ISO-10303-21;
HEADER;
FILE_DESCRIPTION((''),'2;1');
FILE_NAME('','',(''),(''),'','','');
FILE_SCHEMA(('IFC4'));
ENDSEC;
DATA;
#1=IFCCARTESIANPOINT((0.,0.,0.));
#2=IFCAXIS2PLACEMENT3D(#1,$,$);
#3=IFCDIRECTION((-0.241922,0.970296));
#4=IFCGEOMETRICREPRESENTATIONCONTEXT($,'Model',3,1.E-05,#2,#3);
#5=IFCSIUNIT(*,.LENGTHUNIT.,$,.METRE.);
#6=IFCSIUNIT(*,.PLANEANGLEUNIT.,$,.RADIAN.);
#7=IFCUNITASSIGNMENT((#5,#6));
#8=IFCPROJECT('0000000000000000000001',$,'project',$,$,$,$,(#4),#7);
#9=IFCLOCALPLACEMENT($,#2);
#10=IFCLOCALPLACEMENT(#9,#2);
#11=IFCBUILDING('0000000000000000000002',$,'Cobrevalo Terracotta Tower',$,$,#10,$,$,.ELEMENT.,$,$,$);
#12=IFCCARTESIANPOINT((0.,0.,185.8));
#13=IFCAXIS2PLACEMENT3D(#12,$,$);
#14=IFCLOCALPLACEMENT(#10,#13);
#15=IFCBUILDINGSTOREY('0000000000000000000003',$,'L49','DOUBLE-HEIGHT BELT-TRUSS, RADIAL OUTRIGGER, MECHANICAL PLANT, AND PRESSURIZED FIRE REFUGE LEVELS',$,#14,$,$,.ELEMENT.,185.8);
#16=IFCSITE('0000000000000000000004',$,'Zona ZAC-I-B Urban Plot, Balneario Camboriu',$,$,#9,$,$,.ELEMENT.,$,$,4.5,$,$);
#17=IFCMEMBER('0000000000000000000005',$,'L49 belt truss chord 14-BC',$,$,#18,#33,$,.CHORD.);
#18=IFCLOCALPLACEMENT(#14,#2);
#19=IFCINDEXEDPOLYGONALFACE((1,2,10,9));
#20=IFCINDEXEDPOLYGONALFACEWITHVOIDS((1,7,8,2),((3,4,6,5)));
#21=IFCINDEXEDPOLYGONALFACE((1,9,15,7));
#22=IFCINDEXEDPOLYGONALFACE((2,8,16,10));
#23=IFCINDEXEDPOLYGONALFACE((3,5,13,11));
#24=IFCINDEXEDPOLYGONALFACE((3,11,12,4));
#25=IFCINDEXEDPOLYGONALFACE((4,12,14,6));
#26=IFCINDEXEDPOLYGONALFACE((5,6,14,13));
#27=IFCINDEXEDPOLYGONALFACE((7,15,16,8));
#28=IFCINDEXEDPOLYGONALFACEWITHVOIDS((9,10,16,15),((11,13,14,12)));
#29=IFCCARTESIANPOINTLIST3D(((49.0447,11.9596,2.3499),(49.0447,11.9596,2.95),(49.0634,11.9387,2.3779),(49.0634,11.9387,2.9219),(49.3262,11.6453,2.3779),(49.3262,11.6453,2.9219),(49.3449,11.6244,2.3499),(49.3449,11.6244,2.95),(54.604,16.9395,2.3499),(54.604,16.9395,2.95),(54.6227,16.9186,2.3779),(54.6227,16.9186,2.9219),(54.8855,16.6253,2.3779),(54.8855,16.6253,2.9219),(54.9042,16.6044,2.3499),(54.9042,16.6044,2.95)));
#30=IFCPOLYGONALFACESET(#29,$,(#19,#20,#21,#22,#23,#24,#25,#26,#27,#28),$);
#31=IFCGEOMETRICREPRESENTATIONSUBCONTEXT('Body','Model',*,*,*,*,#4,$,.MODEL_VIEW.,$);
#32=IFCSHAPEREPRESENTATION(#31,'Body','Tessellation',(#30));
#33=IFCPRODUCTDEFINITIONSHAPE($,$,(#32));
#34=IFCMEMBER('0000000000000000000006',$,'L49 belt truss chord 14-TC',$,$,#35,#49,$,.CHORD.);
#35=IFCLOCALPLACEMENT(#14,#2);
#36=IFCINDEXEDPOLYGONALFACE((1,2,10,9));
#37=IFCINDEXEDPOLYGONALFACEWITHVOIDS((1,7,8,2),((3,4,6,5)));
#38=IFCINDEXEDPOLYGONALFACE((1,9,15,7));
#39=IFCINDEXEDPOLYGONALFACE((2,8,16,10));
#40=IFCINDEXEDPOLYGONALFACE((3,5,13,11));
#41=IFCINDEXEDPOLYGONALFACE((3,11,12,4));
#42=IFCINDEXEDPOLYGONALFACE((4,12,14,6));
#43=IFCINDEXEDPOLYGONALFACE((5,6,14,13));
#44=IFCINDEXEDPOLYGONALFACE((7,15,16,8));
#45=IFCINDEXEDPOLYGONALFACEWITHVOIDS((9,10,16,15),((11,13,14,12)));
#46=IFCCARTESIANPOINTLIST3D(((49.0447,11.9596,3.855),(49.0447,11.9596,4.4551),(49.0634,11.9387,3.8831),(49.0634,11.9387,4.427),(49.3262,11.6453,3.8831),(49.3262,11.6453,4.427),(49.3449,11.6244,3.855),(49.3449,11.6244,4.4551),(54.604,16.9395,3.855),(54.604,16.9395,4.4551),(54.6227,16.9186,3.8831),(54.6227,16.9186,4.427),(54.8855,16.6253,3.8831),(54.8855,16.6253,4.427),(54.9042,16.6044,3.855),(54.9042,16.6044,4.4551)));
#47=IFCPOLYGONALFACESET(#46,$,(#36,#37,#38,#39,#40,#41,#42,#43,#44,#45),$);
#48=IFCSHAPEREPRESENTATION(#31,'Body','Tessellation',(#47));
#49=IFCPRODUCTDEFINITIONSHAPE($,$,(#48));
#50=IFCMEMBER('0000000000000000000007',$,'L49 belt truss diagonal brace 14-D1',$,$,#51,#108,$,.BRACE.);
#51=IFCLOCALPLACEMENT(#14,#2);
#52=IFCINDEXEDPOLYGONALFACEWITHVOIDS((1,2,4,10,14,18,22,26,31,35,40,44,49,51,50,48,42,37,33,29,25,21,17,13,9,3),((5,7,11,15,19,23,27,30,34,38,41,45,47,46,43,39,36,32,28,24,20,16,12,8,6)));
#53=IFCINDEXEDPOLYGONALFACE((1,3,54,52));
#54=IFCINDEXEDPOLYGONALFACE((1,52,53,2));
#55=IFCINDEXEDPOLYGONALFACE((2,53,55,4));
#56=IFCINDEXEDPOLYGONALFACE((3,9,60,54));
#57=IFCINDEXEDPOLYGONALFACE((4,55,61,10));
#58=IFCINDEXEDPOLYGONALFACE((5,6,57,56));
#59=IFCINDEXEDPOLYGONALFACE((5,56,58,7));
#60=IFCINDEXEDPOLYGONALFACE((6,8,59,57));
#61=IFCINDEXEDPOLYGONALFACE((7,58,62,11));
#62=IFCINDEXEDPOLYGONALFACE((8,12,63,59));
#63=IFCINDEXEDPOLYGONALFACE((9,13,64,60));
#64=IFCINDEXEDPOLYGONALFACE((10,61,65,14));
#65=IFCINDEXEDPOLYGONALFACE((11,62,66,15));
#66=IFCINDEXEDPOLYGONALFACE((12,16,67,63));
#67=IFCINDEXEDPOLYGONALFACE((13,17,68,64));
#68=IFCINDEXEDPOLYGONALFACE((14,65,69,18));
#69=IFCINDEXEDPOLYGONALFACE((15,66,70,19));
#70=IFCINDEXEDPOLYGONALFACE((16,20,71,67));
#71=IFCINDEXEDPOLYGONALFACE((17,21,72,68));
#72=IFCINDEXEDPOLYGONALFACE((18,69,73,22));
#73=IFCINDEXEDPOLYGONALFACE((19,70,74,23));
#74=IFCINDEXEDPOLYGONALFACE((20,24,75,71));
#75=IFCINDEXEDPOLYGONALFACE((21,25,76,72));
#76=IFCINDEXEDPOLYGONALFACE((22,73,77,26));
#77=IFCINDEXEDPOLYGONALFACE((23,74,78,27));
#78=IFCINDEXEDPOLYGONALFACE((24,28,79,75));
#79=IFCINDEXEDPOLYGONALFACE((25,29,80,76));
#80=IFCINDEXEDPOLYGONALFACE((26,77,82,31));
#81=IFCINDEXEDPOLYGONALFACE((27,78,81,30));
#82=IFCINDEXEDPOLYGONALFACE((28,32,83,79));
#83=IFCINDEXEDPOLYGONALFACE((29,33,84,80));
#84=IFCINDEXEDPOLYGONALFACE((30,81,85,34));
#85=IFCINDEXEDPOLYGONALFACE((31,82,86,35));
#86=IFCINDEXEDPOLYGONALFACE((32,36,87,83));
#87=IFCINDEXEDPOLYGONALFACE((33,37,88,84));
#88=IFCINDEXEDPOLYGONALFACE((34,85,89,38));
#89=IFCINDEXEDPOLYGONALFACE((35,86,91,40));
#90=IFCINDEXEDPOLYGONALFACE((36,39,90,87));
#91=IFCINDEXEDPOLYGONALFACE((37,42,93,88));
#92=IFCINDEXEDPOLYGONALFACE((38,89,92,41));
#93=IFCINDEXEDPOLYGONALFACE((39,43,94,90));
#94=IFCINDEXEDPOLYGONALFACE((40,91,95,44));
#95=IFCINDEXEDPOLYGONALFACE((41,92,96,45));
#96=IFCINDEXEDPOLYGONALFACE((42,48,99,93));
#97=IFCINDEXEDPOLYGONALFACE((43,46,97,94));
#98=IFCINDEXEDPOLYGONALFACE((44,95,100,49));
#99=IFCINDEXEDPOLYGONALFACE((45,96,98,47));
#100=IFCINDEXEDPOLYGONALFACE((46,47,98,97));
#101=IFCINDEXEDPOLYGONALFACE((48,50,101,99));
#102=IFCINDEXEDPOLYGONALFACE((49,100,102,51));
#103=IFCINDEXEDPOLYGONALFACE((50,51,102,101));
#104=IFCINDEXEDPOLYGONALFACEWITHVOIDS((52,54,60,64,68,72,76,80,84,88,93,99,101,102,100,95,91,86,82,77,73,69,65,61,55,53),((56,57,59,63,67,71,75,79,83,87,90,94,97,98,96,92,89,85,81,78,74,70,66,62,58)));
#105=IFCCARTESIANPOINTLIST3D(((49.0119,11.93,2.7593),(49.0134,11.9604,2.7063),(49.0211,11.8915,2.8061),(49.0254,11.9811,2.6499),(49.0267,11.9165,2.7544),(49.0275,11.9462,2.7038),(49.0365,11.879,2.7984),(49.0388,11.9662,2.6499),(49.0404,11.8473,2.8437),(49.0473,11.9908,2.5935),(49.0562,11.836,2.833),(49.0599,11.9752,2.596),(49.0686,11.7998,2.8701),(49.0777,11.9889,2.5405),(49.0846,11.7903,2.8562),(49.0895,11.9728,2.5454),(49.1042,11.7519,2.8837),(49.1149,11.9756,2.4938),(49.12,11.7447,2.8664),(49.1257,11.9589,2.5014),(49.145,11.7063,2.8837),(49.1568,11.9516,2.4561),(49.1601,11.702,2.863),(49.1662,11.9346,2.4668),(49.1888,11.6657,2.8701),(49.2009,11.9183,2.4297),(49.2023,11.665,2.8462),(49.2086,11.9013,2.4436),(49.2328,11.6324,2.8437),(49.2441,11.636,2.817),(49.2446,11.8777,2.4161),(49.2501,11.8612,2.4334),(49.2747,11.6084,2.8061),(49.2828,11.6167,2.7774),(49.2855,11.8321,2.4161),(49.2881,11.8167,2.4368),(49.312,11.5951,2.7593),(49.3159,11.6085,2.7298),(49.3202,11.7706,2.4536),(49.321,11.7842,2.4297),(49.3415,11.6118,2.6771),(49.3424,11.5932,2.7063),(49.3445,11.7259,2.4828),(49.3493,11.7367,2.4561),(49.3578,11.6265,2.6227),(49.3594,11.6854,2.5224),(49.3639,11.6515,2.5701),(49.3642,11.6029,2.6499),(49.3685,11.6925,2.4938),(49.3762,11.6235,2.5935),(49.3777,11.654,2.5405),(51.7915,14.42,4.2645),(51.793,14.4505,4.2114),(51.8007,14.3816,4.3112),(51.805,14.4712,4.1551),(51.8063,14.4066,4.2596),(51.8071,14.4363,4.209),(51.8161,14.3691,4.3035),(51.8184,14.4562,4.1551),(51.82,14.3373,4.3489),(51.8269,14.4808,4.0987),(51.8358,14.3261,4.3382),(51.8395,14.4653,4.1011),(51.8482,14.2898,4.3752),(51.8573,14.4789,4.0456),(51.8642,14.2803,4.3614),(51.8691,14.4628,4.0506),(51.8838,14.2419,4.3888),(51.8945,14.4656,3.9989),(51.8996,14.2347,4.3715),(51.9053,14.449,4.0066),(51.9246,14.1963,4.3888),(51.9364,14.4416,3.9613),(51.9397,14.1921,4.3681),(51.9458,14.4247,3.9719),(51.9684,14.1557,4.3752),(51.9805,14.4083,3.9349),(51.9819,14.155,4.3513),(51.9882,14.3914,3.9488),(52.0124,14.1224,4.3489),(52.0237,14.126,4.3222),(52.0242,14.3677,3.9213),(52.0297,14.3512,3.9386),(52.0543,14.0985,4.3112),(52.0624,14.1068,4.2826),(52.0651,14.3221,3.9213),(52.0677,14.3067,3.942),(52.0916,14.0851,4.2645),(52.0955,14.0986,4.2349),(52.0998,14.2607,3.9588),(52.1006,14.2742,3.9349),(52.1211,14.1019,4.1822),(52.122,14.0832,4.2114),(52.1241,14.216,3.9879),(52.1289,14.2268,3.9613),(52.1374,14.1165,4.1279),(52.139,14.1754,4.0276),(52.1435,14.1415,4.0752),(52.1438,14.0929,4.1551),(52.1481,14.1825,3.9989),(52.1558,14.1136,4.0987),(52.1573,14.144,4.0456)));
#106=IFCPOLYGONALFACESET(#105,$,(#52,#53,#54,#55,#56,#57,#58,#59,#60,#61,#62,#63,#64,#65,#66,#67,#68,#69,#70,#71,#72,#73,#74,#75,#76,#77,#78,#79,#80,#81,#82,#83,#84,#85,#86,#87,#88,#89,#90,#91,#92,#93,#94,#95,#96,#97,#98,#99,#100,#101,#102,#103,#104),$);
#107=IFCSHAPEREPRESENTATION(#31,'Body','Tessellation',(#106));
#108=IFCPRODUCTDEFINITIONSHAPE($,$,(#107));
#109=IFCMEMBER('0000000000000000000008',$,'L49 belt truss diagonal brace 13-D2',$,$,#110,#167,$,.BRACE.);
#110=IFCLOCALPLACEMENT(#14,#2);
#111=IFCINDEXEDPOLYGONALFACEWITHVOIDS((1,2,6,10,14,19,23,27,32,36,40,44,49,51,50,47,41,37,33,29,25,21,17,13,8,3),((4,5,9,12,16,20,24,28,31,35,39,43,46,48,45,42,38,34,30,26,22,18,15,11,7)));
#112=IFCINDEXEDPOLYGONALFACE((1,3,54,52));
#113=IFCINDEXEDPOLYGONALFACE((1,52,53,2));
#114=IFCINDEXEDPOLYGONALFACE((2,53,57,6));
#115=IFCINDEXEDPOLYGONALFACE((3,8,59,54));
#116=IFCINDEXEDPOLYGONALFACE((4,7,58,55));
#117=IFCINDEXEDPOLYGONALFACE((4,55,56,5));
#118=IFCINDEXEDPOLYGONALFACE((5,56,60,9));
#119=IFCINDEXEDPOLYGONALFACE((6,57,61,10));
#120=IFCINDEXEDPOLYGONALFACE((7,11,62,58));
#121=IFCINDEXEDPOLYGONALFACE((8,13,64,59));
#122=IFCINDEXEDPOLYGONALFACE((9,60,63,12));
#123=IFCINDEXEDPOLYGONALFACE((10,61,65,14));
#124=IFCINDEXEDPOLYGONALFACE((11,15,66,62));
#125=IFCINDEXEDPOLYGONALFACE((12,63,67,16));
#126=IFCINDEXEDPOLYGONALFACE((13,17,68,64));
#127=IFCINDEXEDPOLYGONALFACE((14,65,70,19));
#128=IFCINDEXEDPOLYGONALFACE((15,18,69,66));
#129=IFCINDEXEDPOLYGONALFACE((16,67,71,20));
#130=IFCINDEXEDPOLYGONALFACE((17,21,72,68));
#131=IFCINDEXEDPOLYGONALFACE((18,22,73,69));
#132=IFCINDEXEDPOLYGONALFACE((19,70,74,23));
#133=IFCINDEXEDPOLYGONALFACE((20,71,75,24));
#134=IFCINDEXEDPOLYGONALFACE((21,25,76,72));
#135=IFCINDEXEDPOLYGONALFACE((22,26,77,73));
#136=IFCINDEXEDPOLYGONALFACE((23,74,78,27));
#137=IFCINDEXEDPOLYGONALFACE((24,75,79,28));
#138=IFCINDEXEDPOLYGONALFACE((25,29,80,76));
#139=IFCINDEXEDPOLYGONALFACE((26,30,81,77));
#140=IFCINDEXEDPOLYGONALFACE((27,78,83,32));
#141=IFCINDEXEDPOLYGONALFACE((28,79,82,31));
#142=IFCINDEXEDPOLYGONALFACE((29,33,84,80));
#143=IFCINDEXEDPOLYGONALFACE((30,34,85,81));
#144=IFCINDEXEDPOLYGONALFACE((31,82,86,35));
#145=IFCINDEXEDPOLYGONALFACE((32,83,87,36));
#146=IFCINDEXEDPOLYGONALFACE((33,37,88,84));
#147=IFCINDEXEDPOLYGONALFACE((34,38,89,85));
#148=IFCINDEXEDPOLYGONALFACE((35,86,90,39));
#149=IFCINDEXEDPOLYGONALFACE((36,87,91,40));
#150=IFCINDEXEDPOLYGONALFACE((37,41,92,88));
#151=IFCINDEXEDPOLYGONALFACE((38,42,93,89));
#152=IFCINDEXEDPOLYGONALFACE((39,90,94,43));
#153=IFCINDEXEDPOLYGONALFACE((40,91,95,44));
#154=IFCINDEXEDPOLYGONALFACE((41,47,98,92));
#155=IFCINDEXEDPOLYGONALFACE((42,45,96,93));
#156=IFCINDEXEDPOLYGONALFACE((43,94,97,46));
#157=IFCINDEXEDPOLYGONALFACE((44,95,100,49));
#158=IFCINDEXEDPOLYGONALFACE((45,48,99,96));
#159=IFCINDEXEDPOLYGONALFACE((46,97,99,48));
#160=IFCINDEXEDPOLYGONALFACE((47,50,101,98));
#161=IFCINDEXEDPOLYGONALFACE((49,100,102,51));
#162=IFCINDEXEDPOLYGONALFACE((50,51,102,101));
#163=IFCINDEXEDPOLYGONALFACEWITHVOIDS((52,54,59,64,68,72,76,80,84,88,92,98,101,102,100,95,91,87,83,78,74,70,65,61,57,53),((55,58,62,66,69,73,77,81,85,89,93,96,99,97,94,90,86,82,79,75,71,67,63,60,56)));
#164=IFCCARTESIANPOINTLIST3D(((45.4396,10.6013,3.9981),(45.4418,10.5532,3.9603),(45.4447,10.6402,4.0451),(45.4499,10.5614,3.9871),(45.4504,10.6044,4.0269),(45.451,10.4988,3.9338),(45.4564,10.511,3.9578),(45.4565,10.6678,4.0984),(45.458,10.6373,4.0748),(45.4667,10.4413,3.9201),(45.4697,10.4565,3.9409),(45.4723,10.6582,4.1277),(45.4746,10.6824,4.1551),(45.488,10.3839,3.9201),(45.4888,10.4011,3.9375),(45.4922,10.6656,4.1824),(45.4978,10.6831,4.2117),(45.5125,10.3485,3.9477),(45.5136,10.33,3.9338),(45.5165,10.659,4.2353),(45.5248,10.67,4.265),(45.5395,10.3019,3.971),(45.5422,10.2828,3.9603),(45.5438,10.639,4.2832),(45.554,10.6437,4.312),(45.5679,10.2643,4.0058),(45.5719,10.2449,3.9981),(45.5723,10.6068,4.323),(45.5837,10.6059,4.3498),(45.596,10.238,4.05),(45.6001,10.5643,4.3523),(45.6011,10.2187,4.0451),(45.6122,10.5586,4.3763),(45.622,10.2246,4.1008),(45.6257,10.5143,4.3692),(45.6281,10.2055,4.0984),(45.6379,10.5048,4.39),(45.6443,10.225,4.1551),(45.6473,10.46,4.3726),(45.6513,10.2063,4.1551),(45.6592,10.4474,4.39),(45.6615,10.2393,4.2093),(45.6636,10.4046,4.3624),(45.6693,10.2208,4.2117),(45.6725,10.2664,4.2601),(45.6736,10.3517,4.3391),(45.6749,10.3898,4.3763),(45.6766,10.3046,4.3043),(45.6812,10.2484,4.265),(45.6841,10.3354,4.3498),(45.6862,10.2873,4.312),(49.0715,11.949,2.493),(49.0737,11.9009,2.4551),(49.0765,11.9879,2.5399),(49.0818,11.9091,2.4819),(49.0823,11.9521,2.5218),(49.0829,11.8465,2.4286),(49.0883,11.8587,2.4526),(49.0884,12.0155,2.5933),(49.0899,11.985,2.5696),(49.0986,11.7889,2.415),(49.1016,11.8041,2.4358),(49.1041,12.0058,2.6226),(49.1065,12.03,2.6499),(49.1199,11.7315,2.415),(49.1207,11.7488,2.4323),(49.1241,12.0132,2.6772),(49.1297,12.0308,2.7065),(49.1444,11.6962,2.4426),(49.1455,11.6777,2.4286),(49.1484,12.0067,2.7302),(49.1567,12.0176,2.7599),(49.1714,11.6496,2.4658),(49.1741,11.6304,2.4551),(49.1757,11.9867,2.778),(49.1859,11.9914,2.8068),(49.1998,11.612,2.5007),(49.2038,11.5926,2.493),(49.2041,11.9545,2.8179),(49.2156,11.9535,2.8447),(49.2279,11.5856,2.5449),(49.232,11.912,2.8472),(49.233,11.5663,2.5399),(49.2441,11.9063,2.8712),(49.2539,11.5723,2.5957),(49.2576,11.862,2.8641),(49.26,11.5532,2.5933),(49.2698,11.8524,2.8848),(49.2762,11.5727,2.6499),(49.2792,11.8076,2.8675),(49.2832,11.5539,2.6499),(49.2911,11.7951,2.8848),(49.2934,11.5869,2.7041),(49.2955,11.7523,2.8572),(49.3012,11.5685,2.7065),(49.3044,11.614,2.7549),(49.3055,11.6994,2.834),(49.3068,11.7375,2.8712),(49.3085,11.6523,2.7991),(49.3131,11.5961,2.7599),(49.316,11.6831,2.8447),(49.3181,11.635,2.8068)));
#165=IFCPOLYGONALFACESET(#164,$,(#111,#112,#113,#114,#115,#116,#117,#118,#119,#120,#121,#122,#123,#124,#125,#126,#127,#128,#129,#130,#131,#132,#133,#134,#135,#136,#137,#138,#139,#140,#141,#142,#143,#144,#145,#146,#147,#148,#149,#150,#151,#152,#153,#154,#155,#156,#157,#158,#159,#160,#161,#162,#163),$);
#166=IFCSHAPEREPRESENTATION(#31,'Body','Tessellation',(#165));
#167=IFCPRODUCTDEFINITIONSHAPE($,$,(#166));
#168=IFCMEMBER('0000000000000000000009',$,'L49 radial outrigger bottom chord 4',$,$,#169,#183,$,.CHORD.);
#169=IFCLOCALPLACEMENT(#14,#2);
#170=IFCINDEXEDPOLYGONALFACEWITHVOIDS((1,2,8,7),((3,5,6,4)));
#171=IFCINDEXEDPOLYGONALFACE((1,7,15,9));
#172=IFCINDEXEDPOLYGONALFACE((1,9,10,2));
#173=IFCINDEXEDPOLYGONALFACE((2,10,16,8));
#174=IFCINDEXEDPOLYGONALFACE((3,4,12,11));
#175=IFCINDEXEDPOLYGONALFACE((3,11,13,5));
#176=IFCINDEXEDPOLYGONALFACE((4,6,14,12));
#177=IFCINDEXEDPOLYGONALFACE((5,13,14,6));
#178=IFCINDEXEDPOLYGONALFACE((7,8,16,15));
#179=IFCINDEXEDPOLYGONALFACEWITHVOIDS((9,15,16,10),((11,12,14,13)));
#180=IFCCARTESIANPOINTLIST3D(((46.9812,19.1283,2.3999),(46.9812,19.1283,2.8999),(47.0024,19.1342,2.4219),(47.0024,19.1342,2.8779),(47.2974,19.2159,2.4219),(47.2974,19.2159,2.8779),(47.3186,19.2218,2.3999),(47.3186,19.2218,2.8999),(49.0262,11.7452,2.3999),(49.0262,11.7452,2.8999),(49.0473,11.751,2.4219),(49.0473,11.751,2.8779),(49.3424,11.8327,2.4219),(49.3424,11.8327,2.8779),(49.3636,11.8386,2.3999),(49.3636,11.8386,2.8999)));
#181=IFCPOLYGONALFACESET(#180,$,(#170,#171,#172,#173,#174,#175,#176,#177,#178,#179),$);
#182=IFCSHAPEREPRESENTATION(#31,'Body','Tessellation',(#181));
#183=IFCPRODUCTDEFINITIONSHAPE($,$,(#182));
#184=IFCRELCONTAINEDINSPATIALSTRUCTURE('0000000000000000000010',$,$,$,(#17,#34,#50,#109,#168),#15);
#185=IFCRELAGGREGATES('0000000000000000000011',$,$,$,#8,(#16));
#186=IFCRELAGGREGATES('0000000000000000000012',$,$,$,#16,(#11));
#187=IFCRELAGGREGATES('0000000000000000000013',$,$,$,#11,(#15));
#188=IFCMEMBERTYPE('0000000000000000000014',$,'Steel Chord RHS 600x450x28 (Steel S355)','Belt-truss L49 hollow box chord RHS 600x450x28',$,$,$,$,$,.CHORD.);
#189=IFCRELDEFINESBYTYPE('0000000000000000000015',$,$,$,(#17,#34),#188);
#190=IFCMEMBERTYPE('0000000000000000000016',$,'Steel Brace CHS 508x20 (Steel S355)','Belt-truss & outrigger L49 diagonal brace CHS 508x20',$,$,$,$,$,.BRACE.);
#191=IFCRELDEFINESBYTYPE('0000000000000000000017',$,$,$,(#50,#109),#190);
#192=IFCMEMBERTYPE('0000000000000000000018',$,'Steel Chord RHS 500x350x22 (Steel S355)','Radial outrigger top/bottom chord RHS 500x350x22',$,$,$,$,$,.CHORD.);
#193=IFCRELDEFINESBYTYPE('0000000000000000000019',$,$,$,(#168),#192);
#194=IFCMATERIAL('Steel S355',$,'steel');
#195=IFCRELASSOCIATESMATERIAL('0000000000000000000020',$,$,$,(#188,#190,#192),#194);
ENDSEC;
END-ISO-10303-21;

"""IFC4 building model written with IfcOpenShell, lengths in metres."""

from ifc_helpers import new_model, si_unit, direction, frame, origin, origin_2d, place, context, subcontext, project, spatial, hollow_rectangle, hollow_circle, extrude, source, transform, mapped, material, material_profile, profile_set, type_object, element, save


model = new_model("IFC4")

# Units and contexts
model_context = context("Model", 3, precision=1e-05, world=origin(), true_north=direction((-0.241922, 0.970296)))
body_context = subcontext(model_context, "Body", "Model", "MODEL_VIEW")
ifc_project = project(units=[si_unit("LENGTHUNIT", "METRE"), si_unit("PLANEANGLEUNIT", "RADIAN")], contexts=[model_context])

# Site, building, storey
site_placement = place(None, origin())
site = spatial("IfcSite", under=ifc_project, at=site_placement, Name="Zona ZAC-I-B Urban Plot, Balneario Camboriu", CompositionType="ELEMENT", RefElevation=4.5)
building_placement = place(site_placement, origin())
building = spatial("IfcBuilding", under=site, at=building_placement, Name="Cobrevalo Terracotta Tower", CompositionType="ELEMENT")
storey_placement = place(building_placement, frame((0.0, 0.0, 185.8)))
storey = spatial("IfcBuildingStorey", under=building, at=storey_placement, Name="L49", Description="DOUBLE-HEIGHT BELT-TRUSS, RADIAL OUTRIGGER, MECHANICAL PLANT, AND PRESSURIZED FIRE REFUGE LEVELS", CompositionType="ELEMENT", Elevation=185.8)

# Shared definitions
ifc_material_1 = material(Name="Steel S355", Category="steel")

# Members
ifc_material_profile_1 = material_profile(ifc_material_1, hollow_rectangle(XDim=0.45, YDim=0.6001, WallThickness=0.0281, at=origin_2d()), Name="RHS 600x450x28")
ifc_profile_set_1 = profile_set([ifc_material_profile_1], Name="Steel S355")
member_type_1 = type_object("IfcMemberType", Name="Steel Chord RHS 600x450x28 (Steel S355)", Description="Belt-truss L49 hollow box chord RHS 600x450x28", PredefinedType="CHORD", material=ifc_profile_set_1)
shared_shape_1 = source(origin(), body_context, "Body", "SweptSolid", [
    extrude(hollow_rectangle(XDim=0.45, YDim=0.6001, WallThickness=0.0281, at=origin_2d()), origin(), (0.0, 0.0, 1.0), 7.4636),
])
for number, where, z_axis, x_axis, name in (
    (1, (49.1948, 11.792, 2.6499), (0.744852, 0.66723, 0.0), (-0.66723, 0.744852, 0.0), "L49 belt truss chord 14-BC"),
    (2, (49.1948, 11.792, 4.155), (0.744852, 0.66723, 0.0), (-0.66723, 0.744852, 0.0), "L49 belt truss chord 14-TC"),
):
    element("IfcMember", number, at=place(storey_placement, frame(where, z_axis=z_axis, x_axis=x_axis)), inside=storey, type_object=member_type_1, Name=name, PredefinedType="CHORD", context=body_context, shape_type="MappedRepresentation", body=[
        mapped(shared_shape_1, transform((0.0, 0.0, 0.0), scale=1.0)),
    ])
ifc_material_profile_2 = material_profile(ifc_material_1, hollow_circle(Radius=0.2539, WallThickness=0.02, at=origin_2d()), Name="CHS 508x20")
ifc_profile_set_2 = profile_set([ifc_material_profile_2], Name="Steel S355")
member_type_2 = type_object("IfcMemberType", Name="Steel Brace CHS 508x20 (Steel S355)", Description="Belt-truss & outrigger L49 diagonal brace CHS 508x20", PredefinedType="BRACE", material=ifc_profile_set_2)
shared_shape_2 = source(origin(), body_context, "Body", "SweptSolid", [
    extrude(hollow_circle(Radius=0.2539, WallThickness=0.02, at=origin_2d()), origin(), (0.0, 0.0, 1.0), 4.0239),
])
member_1_placement = place(storey_placement, frame((49.1948, 11.792, 2.6499), z_axis=(0.690768, 0.618809, 0.374052), x_axis=(-0.667246, 0.744837, 0.0)))
element("IfcMember", 3, at=member_1_placement, inside=storey, type_object=member_type_2, Name="L49 belt truss diagonal brace 14-D1", PredefinedType="BRACE", context=body_context, shape_type="MappedRepresentation", body=[
    mapped(shared_shape_2, transform((0.0, 0.0, 0.0), scale=1.0)),
])
shared_shape_3 = source(origin(), body_context, "Body", "SweptSolid", [
    extrude(hollow_circle(Radius=0.2539, WallThickness=0.02, at=origin_2d()), origin(), (0.0, 0.0, 1.0), 4.156),
])
member_2_placement = place(storey_placement, frame((49.1948, 11.792, 2.6499), z_axis=(-0.873891, -0.324272, 0.362163), x_axis=(0.347889, -0.937536, 0.0)))
element("IfcMember", 4, at=member_2_placement, inside=storey, type_object=member_type_2, Name="L49 belt truss diagonal brace 13-D2", PredefinedType="BRACE", context=body_context, shape_type="MappedRepresentation", body=[
    mapped(shared_shape_3, transform((0.0, 0.0, 0.0), scale=1.0)),
])
ifc_material_profile_3 = material_profile(ifc_material_1, hollow_rectangle(XDim=0.3501, YDim=0.5, WallThickness=0.022, at=origin_2d()), Name="RHS 500x350x22")
ifc_profile_set_3 = profile_set([ifc_material_profile_3], Name="Steel S355")
member_type_3 = type_object("IfcMemberType", Name="Steel Chord RHS 500x350x22 (Steel S355)", Description="Radial outrigger top/bottom chord RHS 500x350x22", PredefinedType="CHORD", material=ifc_profile_set_3)
shared_shape_4 = source(origin(), body_context, "Body", "SweptSolid", [
    extrude(hollow_rectangle(XDim=0.3501, YDim=0.5, WallThickness=0.022, at=origin_2d()), origin(), (0.0, 0.0, 1.0), 7.6611),
])
for number, where, z_axis, x_axis, name in (
    (5, (47.1499, 19.175, 2.6499), (0.266926, -0.963717, 0.0), (0.963717, 0.266926, 0.0), "L49 radial outrigger bottom chord 4"),
):
    element("IfcMember", number, at=place(storey_placement, frame(where, z_axis=z_axis, x_axis=x_axis)), inside=storey, type_object=member_type_3, Name=name, PredefinedType="CHORD", context=body_context, shape_type="MappedRepresentation", body=[
        mapped(shared_shape_4, transform((0.0, 0.0, 0.0), scale=1.0)),
    ])

save(model, "model.ifc")
